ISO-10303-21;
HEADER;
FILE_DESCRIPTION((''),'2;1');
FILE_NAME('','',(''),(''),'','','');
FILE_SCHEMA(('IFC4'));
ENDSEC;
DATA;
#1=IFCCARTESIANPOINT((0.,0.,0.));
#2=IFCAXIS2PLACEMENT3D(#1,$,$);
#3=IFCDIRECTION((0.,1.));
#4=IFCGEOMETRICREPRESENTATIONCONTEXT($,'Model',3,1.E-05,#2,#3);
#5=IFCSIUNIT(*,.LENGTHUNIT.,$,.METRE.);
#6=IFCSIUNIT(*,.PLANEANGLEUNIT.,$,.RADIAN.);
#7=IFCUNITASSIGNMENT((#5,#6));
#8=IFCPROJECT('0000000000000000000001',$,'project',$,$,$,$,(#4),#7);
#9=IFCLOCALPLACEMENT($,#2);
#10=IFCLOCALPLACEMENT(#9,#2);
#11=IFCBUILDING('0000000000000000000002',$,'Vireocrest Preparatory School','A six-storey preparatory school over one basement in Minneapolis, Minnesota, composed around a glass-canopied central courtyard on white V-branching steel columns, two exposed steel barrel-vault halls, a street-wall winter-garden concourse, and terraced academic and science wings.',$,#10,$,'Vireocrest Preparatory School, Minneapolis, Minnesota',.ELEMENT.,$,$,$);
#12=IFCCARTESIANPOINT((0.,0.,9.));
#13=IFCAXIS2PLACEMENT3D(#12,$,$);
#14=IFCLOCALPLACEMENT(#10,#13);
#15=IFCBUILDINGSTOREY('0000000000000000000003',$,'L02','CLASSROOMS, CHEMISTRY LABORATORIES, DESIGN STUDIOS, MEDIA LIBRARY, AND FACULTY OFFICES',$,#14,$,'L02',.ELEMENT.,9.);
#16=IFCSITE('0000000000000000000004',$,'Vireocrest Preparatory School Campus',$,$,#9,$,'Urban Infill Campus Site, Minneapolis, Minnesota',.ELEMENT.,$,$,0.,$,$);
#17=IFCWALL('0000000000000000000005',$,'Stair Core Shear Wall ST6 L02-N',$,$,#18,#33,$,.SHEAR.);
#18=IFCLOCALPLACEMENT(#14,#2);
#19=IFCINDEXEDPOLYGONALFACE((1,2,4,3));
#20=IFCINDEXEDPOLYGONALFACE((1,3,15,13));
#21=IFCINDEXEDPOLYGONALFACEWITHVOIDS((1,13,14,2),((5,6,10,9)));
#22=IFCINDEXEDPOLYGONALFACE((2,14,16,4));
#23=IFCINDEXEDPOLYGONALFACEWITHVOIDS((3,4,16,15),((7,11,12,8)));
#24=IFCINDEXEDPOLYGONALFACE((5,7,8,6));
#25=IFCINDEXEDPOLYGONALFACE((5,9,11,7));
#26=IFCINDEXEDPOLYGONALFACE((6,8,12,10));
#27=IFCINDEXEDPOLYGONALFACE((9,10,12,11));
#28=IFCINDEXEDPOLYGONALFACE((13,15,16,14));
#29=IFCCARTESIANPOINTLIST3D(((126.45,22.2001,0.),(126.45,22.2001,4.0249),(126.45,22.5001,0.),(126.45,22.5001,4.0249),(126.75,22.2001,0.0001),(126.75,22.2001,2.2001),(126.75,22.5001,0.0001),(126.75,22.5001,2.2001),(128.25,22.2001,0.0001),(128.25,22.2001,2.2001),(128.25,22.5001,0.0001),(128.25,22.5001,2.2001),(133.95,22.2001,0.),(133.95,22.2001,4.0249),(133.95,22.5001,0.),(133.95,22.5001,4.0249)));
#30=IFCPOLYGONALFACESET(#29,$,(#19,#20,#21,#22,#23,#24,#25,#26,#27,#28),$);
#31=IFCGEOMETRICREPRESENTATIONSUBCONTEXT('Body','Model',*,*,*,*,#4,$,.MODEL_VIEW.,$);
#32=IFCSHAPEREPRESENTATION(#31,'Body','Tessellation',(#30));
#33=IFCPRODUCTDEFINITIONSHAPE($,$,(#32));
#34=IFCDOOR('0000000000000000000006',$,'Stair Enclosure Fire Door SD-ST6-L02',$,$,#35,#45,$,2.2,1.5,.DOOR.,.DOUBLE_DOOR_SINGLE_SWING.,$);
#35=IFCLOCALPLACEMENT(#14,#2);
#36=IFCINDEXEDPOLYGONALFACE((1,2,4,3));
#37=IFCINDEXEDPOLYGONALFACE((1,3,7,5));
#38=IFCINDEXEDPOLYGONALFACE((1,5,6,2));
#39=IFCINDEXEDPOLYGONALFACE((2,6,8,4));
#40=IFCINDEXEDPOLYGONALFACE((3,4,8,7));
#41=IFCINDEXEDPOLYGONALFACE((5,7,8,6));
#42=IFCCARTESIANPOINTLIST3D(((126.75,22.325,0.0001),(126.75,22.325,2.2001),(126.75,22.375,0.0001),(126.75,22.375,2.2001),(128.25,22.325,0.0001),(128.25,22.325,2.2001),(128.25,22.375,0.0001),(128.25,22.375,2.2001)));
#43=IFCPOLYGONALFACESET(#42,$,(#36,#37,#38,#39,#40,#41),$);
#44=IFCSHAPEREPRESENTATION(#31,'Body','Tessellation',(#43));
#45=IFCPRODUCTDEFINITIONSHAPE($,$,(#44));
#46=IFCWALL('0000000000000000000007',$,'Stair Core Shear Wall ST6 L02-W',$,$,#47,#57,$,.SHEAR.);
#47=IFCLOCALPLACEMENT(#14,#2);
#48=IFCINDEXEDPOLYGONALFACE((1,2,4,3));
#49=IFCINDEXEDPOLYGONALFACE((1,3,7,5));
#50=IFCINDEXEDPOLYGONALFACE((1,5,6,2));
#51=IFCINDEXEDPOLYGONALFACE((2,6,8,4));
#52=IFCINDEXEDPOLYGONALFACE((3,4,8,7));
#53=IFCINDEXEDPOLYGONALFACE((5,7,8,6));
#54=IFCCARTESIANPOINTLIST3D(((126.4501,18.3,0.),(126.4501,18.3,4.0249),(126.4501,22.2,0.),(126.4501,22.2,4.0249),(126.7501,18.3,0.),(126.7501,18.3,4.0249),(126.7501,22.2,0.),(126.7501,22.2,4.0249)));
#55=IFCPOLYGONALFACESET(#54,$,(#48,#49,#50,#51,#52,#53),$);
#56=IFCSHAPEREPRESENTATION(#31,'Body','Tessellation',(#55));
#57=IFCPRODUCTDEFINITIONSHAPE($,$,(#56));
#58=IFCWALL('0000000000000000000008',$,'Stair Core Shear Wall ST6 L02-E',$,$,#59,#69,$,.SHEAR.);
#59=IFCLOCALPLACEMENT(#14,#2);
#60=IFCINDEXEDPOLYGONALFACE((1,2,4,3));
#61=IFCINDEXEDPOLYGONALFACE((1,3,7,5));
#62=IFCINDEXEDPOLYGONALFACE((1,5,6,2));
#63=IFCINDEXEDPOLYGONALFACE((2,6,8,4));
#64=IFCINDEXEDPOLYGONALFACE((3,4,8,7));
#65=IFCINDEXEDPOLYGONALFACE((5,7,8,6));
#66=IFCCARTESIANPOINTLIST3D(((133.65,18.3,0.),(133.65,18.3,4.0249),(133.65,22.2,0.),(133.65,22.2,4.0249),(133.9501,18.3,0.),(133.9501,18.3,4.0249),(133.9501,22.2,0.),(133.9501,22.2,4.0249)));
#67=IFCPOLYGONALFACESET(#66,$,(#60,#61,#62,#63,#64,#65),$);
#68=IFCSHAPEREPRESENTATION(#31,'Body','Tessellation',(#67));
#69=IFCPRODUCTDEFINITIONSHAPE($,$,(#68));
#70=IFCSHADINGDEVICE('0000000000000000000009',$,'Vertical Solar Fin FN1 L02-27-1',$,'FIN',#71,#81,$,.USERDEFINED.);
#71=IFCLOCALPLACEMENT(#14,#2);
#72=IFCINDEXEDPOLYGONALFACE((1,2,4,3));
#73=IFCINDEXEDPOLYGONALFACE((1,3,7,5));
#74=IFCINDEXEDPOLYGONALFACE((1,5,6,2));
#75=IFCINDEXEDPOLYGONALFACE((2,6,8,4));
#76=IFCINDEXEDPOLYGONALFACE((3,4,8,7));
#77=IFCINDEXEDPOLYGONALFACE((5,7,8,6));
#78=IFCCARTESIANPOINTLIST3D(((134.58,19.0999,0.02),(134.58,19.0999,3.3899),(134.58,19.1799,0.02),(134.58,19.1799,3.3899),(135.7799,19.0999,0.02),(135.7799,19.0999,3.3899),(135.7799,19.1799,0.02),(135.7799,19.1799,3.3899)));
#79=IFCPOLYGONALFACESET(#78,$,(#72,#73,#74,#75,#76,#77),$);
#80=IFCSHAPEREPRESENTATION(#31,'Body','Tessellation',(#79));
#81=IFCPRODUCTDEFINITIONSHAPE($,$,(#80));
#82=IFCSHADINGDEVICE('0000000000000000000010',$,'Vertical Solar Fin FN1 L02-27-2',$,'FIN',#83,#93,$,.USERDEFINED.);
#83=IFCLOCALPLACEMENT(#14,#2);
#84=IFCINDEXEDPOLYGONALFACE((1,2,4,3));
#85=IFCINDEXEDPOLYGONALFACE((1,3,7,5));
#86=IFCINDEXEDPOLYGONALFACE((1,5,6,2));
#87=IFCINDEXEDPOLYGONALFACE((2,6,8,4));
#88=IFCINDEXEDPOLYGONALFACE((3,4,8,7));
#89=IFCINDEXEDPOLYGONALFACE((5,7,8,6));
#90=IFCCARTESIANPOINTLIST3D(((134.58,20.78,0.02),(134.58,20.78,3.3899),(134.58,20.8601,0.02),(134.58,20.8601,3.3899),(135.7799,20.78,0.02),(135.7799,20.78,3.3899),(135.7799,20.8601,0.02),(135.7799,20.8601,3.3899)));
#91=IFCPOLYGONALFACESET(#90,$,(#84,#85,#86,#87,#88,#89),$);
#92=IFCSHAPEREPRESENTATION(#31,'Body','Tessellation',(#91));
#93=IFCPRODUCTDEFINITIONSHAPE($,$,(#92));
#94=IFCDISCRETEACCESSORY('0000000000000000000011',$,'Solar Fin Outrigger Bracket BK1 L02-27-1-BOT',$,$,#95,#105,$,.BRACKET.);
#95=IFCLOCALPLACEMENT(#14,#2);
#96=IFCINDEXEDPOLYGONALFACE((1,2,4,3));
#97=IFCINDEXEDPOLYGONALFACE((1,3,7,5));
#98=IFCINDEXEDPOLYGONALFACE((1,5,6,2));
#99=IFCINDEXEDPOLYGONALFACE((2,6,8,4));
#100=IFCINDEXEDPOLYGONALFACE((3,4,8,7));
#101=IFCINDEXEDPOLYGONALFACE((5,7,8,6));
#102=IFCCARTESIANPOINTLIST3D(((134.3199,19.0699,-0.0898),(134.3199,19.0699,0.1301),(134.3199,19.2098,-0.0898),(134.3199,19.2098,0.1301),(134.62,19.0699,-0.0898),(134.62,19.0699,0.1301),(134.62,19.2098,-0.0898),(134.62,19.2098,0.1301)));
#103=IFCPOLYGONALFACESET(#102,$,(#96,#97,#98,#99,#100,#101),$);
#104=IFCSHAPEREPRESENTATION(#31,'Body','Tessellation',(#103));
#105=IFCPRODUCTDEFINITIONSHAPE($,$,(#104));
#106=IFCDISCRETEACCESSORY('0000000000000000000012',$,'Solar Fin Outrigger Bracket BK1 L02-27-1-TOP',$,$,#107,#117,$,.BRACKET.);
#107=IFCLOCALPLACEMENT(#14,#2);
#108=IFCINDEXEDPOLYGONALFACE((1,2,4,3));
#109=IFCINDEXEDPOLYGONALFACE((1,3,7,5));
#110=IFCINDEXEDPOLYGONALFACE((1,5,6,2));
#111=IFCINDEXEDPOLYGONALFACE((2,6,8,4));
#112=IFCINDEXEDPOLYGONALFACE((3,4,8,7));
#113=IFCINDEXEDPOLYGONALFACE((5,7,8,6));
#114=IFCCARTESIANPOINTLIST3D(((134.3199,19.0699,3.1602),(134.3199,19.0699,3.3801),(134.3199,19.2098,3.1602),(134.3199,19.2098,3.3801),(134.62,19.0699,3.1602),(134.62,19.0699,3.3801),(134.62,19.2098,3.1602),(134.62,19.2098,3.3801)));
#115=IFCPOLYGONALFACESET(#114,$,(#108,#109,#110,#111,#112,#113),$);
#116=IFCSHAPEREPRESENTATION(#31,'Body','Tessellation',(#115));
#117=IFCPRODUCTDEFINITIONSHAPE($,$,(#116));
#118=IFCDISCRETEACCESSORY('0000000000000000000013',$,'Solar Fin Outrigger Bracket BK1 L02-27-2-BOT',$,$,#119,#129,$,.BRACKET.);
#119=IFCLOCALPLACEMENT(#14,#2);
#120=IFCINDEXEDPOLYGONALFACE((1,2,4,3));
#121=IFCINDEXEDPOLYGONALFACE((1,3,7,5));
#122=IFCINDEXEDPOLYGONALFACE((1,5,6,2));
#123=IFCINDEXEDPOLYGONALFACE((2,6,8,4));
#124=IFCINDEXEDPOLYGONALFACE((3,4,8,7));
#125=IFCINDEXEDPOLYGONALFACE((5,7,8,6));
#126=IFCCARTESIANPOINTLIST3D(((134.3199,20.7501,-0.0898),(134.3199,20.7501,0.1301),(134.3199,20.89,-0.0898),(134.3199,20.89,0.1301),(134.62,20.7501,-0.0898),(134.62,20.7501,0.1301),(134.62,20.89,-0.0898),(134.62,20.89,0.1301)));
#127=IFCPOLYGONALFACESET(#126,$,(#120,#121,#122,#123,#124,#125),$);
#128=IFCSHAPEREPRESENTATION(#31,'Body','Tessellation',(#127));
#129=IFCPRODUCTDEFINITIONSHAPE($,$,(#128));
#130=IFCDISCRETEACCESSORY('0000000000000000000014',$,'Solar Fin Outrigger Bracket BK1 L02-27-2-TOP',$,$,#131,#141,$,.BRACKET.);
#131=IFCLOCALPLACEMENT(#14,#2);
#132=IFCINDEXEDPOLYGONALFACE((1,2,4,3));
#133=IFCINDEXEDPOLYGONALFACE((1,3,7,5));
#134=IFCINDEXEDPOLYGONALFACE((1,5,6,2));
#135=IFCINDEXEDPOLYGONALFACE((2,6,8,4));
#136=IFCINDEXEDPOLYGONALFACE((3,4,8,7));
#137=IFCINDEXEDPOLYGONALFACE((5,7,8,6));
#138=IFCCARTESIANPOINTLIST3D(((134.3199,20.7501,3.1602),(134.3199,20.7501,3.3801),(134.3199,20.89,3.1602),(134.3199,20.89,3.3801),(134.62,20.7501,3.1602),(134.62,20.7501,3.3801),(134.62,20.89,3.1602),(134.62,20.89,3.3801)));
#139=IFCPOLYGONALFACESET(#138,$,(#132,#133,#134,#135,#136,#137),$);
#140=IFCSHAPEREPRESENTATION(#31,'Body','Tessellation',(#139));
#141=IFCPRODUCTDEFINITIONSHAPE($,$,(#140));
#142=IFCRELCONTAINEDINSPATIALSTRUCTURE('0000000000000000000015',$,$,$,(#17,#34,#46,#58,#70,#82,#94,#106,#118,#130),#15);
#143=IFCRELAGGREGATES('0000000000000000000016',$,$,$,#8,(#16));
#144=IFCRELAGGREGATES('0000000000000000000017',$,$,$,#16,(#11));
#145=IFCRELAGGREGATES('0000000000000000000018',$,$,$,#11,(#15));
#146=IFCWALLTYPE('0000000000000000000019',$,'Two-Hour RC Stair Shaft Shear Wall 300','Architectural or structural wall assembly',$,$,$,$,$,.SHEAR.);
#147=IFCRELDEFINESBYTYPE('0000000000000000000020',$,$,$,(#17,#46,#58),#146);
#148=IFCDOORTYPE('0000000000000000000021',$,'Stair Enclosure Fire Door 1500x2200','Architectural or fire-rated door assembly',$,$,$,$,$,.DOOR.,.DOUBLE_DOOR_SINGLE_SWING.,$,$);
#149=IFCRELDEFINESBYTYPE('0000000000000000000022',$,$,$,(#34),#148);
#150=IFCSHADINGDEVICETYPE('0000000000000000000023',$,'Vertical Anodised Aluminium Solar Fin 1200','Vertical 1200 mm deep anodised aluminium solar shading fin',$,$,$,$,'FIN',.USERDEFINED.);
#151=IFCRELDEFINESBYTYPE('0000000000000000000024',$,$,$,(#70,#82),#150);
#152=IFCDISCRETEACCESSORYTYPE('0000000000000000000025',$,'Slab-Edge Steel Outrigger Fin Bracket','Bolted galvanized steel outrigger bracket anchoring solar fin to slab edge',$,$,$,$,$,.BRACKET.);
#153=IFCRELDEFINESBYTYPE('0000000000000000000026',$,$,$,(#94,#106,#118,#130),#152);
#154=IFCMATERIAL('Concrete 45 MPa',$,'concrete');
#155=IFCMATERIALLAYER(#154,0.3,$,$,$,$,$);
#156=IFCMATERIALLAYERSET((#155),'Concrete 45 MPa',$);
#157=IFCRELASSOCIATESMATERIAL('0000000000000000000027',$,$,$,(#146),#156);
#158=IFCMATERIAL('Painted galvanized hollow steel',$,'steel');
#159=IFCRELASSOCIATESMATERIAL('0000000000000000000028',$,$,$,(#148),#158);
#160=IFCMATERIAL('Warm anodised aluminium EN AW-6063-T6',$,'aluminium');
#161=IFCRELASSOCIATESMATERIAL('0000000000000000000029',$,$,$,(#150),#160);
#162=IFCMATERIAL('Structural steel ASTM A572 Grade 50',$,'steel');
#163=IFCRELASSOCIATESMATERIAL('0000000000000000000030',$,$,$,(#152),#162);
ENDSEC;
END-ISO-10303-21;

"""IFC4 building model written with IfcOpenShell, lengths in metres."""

from ifc_helpers import new_model, si_unit, direction, frame, frame_2d, origin, origin_2d, place, context, subcontext, project, spatial, rectangle, extrude, material, layer, layer_set, material_profile, profile_set, type_object, element, fill, save


model = new_model("IFC4")

# Units and contexts
model_context = context("Model", 3, precision=1e-05, world=origin(), true_north=direction((0.0, 1.0)))
body_context = subcontext(model_context, "Body", "Model", "MODEL_VIEW")
ifc_project = project(units=[si_unit("LENGTHUNIT", "METRE"), si_unit("PLANEANGLEUNIT", "RADIAN")], contexts=[model_context])

# Site, building, storey
site_placement = place(None, origin())
site = spatial("IfcSite", under=ifc_project, at=site_placement, Name="Vireocrest Preparatory School Campus", LongName="Urban Infill Campus Site, Minneapolis, Minnesota", CompositionType="ELEMENT", RefElevation=0.0)
building_placement = place(site_placement, origin())
building = spatial("IfcBuilding", under=site, at=building_placement, Name="Vireocrest Preparatory School", Description="A six-storey preparatory school over one basement in Minneapolis, Minnesota, composed around a glass-canopied central courtyard on white V-branching steel columns, two exposed steel barrel-vault halls, a street-wall winter-garden concourse, and terraced academic and science wings.", LongName="Vireocrest Preparatory School, Minneapolis, Minnesota", CompositionType="ELEMENT")
storey_placement = place(building_placement, frame((0.0, 0.0, 9.0)))
storey = spatial("IfcBuildingStorey", under=building, at=storey_placement, Name="L02", Description="CLASSROOMS, CHEMISTRY LABORATORIES, DESIGN STUDIOS, MEDIA LIBRARY, AND FACULTY OFFICES", LongName="L02", CompositionType="ELEMENT", Elevation=9.0)

# Shared definitions
ifc_material_1 = material(Name="Concrete 45 MPa", Category="concrete")

# Shared definitions
ifc_layer_1 = layer(ifc_material_1, 0.3)
ifc_layer_set_1 = layer_set([ifc_layer_1], Name="Concrete 45 MPa")
wall_type_1 = type_object("IfcWallType", Name="Two-Hour RC Stair Shaft Shear Wall 300", Description="Architectural or structural wall assembly", PredefinedType="SHEAR", material=ifc_layer_set_1)

# Wall, opening, door
wall_1_placement = place(storey_placement, frame((126.45, 22.3501, 0.0), z_axis=(0.0, 0.0, 1.0), x_axis=(1.0, 0.0, 0.0)))
wall_1 = element("IfcWall", 1, at=wall_1_placement, inside=storey, type_object=wall_type_1, Name="Stair Core Shear Wall ST6 L02-N", PredefinedType="SHEAR", context=body_context, shape_type="SweptSolid", body=[
    extrude(rectangle(XDim=7.5, YDim=0.3, at=frame_2d((3.75, 0.0))), origin(), (0.0, 0.0, 1.0), 4.0249),
])
opening_1_placement = place(wall_1_placement, frame((0.3, 0.0, 0.0)))
opening_1 = element("IfcOpeningElement", 2, at=opening_1_placement, cuts=wall_1, PredefinedType="OPENING", context=body_context, shape_type="SweptSolid", body=[
    extrude(rectangle(XDim=1.5, YDim=2.2, at=frame_2d((0.75, 1.1001))), frame((0.0, 0.1599, 0.0), z_axis=(0.0, -1.0, 0.0), x_axis=(1.0, 0.0, 0.0)), (0.0, 0.0, 1.0), 0.3201),
])
ifc_material_2 = material(Name="Painted galvanized hollow steel", Category="steel")
door_type = type_object("IfcDoorType", Name="Stair Enclosure Fire Door 1500x2200", Description="Architectural or fire-rated door assembly", OperationType="DOUBLE_DOOR_SINGLE_SWING", PredefinedType="DOOR", material=ifc_material_2)
door_placement = place(opening_1_placement, origin())
door = element("IfcDoor", 3, at=door_placement, inside=storey, type_object=door_type, Name="Stair Enclosure Fire Door SD-ST6-L02", OperationType="DOUBLE_DOOR_SINGLE_SWING", OverallHeight=2.2, OverallWidth=1.5, PredefinedType="DOOR", context=body_context, shape_type="SweptSolid", body=[
    extrude(rectangle(XDim=1.5, YDim=2.2, at=frame_2d((0.75, 1.1001))), frame((0.0, 0.0249, 0.0), z_axis=(0.0, -1.0, 0.0), x_axis=(1.0, 0.0, 0.0)), (0.0, 0.0, 1.0), 0.05),
])
fill(opening_1, door)

# Walls
for number, where, z_axis, x_axis, name in (
    (4, (126.6001, 18.3, 0.0), (0.0, 0.0, 1.0), (0.0, 1.0, 0.0), "Stair Core Shear Wall ST6 L02-W"),
    (5, (133.8, 18.3, 0.0), (0.0, 0.0, 1.0), (0.0, 1.0, 0.0), "Stair Core Shear Wall ST6 L02-E"),
):
    element("IfcWall", number, at=place(storey_placement, frame(where, z_axis=z_axis, x_axis=x_axis)), inside=storey, type_object=wall_type_1, Name=name, PredefinedType="SHEAR", context=body_context, shape_type="SweptSolid", body=[
        extrude(rectangle(XDim=3.8999, YDim=0.3, at=frame_2d((1.95, 0.0))), origin(), (0.0, 0.0, 1.0), 4.0249),
    ])

# Shading devices
ifc_material_3 = material(Name="Warm anodised aluminium EN AW-6063-T6", Category="aluminium")
ifc_material_profile_1 = material_profile(ifc_material_3, rectangle(XDim=0.0801, YDim=1.2, at=origin_2d()), Name="FIN 80x1200")
ifc_profile_set_1 = profile_set([ifc_material_profile_1], Name="Warm anodised aluminium EN AW-6063-T6")
shading_device_type = type_object("IfcShadingDeviceType", Name="Vertical Anodised Aluminium Solar Fin 1200", Description="Vertical 1200 mm deep anodised aluminium solar shading fin", ElementType="FIN", PredefinedType="USERDEFINED", material=ifc_profile_set_1)
for number, where, z_axis, x_axis, name in (
    (6, (135.1799, 19.1399, 0.02), (0.0, 0.0, 1.0), (0.0, -1.0, 0.0), "Vertical Solar Fin FN1 L02-27-1"),
    (7, (135.1799, 20.8201, 0.02), (0.0, 0.0, 1.0), (0.0, -1.0, 0.0), "Vertical Solar Fin FN1 L02-27-2"),
):
    element("IfcShadingDevice", number, at=place(storey_placement, frame(where, z_axis=z_axis, x_axis=x_axis)), inside=storey, type_object=shading_device_type, Name=name, ObjectType="FIN", PredefinedType="USERDEFINED", context=body_context, shape_type="SweptSolid", body=[
        extrude(rectangle(XDim=0.0801, YDim=1.2, at=origin_2d()), origin(), (0.0, 0.0, 1.0), 3.3699),
    ])

# Discrete accessories
ifc_material_4 = material(Name="Structural steel ASTM A572 Grade 50", Category="steel")
discrete_accessory_type = type_object("IfcDiscreteAccessoryType", Name="Slab-Edge Steel Outrigger Fin Bracket", Description="Bolted galvanized steel outrigger bracket anchoring solar fin to slab edge", PredefinedType="BRACKET", material=ifc_material_4)
for number, where, z_axis, x_axis, name in (
    (8, (134.47, 19.1399, -0.0898), (0.0, 0.0, 1.0), (0.0, -1.0, 0.0), "Solar Fin Outrigger Bracket BK1 L02-27-1-BOT"),
    (9, (134.47, 19.1399, 3.1602), (0.0, 0.0, 1.0), (0.0, -1.0, 0.0), "Solar Fin Outrigger Bracket BK1 L02-27-1-TOP"),
    (10, (134.47, 20.8201, -0.0898), (0.0, 0.0, 1.0), (0.0, -1.0, 0.0), "Solar Fin Outrigger Bracket BK1 L02-27-2-BOT"),
    (11, (134.47, 20.8201, 3.1602), (0.0, 0.0, 1.0), (0.0, -1.0, 0.0), "Solar Fin Outrigger Bracket BK1 L02-27-2-TOP"),
):
    element("IfcDiscreteAccessory", number, at=place(storey_placement, frame(where, z_axis=z_axis, x_axis=x_axis)), inside=storey, type_object=discrete_accessory_type, Name=name, PredefinedType="BRACKET", context=body_context, shape_type="SweptSolid", body=[
        extrude(rectangle(XDim=0.1399, YDim=0.3, at=origin_2d()), origin(), (0.0, 0.0, 1.0), 0.22),
    ])

save(model, "model.ifc")
